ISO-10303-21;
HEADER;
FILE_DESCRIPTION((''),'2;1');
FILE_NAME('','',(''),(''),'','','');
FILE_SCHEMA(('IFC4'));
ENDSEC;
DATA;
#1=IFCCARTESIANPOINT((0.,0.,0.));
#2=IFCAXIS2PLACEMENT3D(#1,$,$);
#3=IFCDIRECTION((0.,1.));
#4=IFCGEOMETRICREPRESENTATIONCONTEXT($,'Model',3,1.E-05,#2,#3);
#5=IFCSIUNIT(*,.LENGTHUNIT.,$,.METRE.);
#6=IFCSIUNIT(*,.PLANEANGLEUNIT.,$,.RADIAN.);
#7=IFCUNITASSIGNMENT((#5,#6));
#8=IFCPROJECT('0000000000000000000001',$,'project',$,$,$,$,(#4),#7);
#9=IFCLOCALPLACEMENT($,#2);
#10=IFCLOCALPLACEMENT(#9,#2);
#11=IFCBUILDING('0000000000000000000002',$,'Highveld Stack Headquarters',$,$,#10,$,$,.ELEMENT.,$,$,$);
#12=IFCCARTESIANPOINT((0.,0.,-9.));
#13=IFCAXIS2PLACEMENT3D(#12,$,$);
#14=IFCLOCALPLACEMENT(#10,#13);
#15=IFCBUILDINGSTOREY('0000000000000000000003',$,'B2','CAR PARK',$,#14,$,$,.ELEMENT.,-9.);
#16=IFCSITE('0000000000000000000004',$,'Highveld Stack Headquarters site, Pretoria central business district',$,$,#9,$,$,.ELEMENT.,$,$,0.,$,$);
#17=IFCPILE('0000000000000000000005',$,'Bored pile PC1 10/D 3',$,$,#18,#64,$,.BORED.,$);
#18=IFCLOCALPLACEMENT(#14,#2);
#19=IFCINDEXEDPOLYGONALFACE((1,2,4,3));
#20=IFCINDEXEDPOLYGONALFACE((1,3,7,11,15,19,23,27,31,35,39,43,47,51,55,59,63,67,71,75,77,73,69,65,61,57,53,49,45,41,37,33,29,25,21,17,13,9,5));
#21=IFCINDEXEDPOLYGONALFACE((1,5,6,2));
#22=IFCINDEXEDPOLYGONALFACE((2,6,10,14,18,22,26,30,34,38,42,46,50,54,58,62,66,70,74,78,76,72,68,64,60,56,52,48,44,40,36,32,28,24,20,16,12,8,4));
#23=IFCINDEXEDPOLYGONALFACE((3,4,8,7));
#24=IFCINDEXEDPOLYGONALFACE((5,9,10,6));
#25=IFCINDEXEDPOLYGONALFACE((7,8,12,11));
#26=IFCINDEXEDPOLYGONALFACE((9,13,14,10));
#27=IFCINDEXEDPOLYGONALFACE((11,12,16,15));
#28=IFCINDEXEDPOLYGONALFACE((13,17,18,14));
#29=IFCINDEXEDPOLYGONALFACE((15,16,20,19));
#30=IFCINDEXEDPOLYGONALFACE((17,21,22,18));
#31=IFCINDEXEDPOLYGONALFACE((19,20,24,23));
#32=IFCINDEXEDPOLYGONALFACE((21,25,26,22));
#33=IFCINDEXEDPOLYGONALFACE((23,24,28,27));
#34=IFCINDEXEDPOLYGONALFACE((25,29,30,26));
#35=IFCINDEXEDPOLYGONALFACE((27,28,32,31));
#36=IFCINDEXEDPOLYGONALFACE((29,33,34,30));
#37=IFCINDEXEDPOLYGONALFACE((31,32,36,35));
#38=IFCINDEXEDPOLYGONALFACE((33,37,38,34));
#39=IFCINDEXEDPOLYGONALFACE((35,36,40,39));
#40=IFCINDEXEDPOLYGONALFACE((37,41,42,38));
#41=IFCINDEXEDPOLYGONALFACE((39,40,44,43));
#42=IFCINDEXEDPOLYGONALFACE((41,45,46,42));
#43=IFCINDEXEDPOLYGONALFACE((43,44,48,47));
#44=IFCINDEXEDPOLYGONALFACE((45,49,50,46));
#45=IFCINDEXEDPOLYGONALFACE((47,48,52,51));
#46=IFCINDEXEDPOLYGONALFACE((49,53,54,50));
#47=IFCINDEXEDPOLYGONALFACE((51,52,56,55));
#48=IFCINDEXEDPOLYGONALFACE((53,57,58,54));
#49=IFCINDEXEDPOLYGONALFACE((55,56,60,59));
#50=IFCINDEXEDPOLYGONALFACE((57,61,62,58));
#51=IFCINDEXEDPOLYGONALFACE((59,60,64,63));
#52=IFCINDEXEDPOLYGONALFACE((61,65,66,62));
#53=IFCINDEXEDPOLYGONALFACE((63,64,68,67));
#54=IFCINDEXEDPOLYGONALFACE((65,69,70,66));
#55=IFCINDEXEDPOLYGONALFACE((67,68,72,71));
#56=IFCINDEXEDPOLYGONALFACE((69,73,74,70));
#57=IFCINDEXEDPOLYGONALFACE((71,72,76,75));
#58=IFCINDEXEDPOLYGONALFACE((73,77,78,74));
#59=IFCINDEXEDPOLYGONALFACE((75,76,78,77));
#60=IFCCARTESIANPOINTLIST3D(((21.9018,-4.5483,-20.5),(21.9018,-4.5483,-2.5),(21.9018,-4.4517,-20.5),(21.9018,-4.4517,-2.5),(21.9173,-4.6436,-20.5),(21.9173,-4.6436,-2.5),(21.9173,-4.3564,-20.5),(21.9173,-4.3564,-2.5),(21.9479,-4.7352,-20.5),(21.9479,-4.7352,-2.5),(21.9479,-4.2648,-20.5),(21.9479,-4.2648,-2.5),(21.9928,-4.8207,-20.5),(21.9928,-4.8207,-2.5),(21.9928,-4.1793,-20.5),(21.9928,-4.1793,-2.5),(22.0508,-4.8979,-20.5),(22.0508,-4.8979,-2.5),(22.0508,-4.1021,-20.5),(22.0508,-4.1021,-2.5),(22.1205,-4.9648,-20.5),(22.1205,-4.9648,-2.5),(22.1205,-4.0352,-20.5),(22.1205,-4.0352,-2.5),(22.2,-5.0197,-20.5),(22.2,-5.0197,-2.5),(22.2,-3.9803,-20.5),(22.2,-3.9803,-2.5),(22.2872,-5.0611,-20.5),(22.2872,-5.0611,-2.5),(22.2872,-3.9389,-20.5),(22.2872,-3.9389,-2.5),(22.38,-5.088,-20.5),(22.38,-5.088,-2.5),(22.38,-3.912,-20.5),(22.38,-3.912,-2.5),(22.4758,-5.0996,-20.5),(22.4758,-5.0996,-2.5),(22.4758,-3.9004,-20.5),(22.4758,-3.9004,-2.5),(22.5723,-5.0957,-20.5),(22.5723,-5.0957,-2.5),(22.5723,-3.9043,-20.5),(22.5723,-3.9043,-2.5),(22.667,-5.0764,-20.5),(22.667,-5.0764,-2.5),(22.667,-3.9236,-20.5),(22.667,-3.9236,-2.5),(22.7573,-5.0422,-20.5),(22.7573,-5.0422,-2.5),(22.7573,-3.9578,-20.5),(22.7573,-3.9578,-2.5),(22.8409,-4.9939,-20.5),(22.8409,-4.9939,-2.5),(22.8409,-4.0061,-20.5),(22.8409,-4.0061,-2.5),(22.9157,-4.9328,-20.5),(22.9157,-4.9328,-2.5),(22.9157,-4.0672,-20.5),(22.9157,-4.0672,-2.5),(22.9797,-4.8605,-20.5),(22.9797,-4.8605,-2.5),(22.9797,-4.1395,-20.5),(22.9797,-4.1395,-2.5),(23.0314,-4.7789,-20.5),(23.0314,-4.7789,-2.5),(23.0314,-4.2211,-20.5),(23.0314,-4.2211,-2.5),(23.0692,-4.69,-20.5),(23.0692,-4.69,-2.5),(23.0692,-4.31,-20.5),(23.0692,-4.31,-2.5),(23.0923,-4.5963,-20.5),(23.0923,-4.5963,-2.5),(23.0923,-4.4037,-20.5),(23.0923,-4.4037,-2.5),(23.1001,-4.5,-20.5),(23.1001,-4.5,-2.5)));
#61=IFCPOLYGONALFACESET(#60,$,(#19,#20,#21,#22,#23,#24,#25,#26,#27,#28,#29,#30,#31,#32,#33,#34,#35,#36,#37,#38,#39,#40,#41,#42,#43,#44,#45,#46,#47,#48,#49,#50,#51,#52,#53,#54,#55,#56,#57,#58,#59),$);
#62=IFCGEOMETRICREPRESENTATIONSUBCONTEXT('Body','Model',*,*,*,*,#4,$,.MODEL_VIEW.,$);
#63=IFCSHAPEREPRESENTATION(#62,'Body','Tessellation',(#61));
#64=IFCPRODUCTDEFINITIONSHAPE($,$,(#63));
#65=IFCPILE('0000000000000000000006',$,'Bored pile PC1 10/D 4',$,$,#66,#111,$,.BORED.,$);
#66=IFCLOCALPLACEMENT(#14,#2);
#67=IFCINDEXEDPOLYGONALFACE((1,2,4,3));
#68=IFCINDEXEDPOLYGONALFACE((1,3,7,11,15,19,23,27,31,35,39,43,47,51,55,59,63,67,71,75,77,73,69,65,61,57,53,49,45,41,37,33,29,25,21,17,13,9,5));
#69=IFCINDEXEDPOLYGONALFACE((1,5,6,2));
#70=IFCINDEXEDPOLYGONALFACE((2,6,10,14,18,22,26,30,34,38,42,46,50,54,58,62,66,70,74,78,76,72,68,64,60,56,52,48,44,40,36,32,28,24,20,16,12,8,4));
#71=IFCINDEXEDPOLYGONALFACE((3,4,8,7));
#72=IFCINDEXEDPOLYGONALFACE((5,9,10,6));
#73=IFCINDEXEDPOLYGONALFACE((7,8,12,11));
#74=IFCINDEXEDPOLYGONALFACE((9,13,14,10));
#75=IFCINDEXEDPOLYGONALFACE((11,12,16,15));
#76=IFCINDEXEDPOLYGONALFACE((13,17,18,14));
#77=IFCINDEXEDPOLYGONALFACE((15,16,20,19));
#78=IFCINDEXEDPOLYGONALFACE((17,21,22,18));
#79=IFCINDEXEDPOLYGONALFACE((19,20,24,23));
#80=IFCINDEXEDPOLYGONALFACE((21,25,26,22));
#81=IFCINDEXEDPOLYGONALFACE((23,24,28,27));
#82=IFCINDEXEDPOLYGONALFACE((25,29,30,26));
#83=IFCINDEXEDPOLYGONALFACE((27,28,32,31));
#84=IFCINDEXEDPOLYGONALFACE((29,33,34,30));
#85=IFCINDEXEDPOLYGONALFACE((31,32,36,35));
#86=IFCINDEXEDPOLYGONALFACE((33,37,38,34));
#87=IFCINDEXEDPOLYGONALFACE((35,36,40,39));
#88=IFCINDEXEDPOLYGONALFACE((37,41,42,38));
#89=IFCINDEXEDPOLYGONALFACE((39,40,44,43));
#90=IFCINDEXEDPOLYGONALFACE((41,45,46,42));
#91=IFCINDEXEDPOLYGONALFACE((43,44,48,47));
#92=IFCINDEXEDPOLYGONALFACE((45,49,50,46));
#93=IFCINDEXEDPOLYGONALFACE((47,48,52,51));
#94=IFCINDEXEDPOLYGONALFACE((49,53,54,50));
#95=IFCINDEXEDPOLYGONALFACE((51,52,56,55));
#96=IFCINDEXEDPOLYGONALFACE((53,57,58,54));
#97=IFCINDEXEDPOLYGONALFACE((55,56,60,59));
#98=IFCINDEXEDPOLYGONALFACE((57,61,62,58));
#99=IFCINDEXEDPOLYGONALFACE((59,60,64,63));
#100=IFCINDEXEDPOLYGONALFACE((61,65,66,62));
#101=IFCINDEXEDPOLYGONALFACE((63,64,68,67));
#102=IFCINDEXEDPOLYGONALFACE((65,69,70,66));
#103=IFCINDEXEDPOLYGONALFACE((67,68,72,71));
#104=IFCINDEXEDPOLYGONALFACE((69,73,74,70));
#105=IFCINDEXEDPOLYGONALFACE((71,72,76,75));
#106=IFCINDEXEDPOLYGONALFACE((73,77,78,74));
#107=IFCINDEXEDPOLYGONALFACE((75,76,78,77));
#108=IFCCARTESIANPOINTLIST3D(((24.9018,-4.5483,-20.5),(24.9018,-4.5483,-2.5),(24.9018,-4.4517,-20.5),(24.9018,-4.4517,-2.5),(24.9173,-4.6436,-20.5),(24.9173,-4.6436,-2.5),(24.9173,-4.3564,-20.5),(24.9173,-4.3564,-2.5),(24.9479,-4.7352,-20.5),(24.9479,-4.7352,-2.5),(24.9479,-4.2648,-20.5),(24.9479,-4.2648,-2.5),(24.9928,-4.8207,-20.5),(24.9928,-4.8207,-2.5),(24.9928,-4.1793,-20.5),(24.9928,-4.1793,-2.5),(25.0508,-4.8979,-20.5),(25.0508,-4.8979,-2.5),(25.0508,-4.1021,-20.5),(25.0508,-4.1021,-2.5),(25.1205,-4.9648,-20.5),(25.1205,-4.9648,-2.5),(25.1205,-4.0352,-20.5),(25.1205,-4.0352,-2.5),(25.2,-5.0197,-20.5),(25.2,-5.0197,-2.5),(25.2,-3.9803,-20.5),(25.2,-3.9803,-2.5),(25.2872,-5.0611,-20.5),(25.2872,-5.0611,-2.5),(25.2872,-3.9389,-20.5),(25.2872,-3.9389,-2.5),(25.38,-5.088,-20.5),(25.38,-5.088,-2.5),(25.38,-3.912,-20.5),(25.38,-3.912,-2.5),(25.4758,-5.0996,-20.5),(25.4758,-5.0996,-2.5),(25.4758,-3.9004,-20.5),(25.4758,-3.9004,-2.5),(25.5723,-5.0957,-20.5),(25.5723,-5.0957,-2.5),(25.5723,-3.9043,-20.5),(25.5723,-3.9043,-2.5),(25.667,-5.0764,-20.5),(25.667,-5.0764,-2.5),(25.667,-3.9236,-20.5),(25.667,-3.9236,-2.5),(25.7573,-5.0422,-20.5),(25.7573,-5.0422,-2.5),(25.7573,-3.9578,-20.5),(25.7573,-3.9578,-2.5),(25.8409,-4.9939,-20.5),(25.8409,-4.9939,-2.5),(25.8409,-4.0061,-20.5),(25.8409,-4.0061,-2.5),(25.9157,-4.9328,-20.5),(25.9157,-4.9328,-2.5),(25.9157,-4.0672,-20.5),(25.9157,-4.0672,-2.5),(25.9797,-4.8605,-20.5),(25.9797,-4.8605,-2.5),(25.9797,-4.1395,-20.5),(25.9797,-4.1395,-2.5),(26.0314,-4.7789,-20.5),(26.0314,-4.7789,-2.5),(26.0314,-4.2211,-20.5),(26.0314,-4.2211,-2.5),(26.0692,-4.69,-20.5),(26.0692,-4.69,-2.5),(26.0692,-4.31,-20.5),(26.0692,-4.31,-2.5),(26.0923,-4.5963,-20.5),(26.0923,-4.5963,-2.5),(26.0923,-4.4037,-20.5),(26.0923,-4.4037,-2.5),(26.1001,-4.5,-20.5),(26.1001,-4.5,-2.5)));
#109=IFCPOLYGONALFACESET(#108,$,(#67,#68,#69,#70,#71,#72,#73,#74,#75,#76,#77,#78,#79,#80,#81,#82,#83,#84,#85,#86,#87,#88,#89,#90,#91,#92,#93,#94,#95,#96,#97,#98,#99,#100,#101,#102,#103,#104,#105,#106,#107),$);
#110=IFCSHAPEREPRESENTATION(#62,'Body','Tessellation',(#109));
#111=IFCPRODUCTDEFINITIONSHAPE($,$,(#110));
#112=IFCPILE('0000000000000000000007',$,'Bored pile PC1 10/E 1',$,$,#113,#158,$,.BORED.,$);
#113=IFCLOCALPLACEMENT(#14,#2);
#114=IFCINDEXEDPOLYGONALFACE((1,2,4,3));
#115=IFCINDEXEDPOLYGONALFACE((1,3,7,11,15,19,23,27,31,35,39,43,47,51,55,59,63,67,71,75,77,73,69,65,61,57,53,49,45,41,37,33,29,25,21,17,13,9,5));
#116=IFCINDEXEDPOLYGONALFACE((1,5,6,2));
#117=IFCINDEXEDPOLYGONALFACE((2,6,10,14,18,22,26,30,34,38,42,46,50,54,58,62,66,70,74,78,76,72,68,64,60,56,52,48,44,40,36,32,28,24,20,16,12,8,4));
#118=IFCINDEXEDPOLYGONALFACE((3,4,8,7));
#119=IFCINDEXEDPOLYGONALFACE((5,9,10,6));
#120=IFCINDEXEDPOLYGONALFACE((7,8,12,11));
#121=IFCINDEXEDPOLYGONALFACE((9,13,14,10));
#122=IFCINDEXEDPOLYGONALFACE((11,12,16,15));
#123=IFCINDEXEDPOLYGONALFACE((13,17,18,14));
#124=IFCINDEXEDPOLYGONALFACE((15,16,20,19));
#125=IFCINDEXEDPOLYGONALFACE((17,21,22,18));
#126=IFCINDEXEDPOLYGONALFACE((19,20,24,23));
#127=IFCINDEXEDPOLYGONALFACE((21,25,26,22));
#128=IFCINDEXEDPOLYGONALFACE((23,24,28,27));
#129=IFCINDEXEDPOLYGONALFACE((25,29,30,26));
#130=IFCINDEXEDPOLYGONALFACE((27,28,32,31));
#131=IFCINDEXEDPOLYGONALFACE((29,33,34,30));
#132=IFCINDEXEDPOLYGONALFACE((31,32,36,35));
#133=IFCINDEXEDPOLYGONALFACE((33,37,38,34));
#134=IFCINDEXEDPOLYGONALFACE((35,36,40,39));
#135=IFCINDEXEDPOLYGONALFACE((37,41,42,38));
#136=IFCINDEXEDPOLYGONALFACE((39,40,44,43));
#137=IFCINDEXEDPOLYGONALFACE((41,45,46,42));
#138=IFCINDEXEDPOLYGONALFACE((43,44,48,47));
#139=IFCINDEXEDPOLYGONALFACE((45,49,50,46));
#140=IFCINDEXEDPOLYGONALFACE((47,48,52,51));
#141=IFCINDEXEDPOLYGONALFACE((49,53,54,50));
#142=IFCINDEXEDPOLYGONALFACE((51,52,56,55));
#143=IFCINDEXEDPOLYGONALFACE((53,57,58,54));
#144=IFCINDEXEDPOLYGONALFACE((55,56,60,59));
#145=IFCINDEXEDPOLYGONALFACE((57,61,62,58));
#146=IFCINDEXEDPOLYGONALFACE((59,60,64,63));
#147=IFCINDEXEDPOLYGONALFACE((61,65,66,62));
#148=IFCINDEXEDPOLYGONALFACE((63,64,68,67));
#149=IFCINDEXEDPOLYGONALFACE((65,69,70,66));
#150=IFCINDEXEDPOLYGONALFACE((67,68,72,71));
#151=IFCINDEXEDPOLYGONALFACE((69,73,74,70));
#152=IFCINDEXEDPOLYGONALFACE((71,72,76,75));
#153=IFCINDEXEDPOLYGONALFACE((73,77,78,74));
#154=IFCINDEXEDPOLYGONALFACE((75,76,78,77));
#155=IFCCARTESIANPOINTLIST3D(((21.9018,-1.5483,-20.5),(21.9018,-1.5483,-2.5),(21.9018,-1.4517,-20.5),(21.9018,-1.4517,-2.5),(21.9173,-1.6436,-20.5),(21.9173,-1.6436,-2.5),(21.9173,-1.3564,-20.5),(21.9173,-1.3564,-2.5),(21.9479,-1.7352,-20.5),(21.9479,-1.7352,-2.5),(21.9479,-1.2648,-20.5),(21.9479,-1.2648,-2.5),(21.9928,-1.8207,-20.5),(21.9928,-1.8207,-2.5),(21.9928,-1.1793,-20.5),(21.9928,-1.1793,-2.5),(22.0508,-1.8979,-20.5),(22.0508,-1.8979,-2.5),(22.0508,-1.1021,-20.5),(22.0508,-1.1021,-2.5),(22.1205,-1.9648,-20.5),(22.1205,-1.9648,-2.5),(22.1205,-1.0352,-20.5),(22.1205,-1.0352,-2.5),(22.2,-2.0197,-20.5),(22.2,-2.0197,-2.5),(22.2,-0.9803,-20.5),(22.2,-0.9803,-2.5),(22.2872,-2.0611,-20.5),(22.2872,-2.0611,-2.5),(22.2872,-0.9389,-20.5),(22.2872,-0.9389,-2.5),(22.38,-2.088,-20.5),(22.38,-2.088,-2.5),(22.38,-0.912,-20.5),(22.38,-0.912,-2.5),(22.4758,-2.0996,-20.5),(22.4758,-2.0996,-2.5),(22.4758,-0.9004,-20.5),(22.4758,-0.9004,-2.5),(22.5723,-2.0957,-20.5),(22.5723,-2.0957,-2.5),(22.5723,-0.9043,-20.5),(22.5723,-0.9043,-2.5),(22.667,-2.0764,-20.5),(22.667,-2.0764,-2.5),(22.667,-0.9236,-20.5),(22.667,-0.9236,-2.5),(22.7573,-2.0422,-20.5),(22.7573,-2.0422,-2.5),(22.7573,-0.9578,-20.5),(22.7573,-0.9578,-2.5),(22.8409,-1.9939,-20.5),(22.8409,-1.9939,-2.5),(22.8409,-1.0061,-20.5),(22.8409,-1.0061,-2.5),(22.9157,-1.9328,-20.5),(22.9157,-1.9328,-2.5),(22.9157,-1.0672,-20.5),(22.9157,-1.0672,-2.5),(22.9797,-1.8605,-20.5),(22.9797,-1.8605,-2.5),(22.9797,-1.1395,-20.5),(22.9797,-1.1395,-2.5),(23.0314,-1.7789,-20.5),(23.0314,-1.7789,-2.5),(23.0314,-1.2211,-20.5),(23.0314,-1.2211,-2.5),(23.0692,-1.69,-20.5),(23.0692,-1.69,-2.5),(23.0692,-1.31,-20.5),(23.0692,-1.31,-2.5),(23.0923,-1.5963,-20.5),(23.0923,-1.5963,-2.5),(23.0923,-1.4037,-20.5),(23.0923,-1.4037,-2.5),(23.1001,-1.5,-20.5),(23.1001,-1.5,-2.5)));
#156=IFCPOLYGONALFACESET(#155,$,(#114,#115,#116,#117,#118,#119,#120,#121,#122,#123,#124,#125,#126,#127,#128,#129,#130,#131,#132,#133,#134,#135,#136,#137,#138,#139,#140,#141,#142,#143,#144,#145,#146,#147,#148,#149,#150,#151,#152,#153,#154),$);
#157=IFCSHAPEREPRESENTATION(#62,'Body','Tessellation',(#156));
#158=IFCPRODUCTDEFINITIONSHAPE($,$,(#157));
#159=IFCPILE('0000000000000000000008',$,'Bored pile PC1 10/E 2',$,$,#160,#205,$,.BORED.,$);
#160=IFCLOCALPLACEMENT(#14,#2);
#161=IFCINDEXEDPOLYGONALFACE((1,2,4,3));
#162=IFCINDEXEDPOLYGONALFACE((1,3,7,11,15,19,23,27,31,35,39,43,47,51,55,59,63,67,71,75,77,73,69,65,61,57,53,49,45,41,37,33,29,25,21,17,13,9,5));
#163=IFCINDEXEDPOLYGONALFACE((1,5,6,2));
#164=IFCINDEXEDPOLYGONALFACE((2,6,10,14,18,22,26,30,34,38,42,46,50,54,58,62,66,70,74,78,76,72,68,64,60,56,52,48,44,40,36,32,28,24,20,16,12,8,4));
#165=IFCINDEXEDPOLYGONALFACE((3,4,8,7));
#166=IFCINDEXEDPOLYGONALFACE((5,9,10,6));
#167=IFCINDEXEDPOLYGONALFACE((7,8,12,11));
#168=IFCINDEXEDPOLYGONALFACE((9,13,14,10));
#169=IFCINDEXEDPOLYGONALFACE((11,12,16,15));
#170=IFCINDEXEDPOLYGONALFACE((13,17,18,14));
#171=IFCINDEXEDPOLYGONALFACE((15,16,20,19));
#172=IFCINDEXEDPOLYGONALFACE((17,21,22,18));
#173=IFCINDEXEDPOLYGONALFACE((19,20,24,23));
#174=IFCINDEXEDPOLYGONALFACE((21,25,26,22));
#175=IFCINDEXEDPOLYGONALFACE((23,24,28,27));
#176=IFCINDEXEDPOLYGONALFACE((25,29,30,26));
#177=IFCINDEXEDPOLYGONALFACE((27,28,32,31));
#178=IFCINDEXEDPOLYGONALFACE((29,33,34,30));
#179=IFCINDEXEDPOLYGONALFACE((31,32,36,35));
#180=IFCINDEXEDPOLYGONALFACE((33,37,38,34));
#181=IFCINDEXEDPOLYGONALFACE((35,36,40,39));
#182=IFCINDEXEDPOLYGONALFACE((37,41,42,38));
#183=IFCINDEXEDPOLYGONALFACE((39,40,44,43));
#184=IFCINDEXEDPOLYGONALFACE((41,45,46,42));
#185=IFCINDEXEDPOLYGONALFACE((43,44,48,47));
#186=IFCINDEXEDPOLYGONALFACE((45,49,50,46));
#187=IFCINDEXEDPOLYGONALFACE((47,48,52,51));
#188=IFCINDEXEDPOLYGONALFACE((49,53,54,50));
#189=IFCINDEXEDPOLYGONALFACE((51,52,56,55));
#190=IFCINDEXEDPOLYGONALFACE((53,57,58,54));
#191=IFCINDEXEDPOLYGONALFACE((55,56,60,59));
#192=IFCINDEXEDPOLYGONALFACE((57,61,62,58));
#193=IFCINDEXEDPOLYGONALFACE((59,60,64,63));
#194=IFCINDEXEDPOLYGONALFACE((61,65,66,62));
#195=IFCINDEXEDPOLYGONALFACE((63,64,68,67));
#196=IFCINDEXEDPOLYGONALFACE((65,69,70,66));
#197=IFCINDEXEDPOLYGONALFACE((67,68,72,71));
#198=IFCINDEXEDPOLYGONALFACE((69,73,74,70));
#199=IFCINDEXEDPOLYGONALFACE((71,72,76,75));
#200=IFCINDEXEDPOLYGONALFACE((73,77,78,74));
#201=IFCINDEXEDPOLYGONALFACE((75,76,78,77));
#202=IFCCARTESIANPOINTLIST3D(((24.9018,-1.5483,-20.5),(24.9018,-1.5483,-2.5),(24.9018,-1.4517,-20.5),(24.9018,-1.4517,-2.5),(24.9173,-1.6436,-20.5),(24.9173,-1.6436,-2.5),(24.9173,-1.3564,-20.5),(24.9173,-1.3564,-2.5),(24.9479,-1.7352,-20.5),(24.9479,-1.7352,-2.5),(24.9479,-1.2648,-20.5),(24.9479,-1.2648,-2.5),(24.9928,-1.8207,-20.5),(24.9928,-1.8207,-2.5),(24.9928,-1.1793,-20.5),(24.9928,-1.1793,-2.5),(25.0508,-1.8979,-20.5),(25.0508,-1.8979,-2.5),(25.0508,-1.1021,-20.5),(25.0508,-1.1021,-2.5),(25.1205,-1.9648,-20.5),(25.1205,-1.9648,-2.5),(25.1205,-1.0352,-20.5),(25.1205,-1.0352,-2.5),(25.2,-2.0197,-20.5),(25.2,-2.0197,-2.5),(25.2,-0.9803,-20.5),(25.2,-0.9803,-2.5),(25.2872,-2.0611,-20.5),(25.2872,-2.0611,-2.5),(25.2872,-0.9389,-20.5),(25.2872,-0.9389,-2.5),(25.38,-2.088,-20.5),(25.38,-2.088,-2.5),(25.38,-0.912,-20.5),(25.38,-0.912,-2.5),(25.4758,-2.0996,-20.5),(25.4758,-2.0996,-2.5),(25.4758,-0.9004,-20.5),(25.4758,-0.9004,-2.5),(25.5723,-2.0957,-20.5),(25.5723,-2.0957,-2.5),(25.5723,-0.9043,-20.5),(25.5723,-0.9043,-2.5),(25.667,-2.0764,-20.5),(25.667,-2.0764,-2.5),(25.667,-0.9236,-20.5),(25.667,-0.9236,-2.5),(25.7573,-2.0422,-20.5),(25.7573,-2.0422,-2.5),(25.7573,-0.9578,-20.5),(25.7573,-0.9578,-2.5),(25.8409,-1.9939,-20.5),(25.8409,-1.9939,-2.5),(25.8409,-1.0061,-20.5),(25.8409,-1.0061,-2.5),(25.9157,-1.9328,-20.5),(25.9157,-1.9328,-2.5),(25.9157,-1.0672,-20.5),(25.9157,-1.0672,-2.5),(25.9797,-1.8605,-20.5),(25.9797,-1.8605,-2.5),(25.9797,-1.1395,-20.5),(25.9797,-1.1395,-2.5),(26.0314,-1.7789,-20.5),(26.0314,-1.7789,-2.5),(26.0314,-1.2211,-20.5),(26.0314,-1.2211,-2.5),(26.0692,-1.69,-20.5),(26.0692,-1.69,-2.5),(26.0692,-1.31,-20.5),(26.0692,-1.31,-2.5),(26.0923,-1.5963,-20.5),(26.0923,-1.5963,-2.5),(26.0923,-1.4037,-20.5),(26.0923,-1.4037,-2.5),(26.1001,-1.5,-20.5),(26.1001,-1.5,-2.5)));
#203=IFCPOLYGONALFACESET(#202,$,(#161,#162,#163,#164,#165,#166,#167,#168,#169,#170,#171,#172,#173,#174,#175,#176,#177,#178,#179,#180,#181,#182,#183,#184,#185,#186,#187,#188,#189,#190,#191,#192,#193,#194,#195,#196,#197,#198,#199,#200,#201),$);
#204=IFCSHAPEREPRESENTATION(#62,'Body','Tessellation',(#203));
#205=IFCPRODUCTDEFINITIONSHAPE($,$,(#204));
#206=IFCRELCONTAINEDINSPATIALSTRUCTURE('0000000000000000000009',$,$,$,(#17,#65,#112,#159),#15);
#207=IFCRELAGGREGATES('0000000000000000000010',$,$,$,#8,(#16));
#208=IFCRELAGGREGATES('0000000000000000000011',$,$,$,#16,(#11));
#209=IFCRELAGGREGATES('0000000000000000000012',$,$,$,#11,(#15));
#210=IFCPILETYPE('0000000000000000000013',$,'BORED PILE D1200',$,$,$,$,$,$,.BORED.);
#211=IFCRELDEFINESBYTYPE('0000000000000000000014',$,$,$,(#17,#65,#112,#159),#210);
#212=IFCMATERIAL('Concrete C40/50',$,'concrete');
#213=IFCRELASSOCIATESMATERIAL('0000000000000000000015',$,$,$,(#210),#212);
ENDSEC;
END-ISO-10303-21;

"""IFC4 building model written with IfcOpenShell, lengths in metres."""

from ifc_helpers import new_model, si_unit, direction, frame, origin, origin_2d, place, context, subcontext, project, spatial, circle, extrude, material, type_object, element, save


model = new_model("IFC4")

# Units and contexts
model_context = context("Model", 3, precision=1e-05, world=origin(), true_north=direction((0.0, 1.0)))
body_context = subcontext(model_context, "Body", "Model", "MODEL_VIEW")
ifc_project = project(units=[si_unit("LENGTHUNIT", "METRE"), si_unit("PLANEANGLEUNIT", "RADIAN")], contexts=[model_context])

# Site, building, storey
site_placement = place(None, origin())
site = spatial("IfcSite", under=ifc_project, at=site_placement, Name="Highveld Stack Headquarters site, Pretoria central business district", CompositionType="ELEMENT", RefElevation=0.0)
building_placement = place(site_placement, origin())
building = spatial("IfcBuilding", under=site, at=building_placement, Name="Highveld Stack Headquarters", CompositionType="ELEMENT")
storey_placement = place(building_placement, frame((0.0, 0.0, -9.0)))
storey = spatial("IfcBuildingStorey", under=building, at=storey_placement, Name="B2", Description="CAR PARK", CompositionType="ELEMENT", Elevation=-9.0)

# Piles
ifc_material_1 = material(Name="Concrete C40/50", Category="concrete")
pile_type_1 = type_object("IfcPileType", Name="BORED PILE D1200", PredefinedType="BORED", material=ifc_material_1)
for number, where, z_axis, x_axis, name in (
    (1, (22.5, -4.5, -2.5), (0.0, 0.0, -1.0), (1.0, 0.0, 0.0), "Bored pile PC1 10/D 3"),
    (2, (25.5, -4.5, -2.5), (0.0, 0.0, -1.0), (1.0, 0.0, 0.0), "Bored pile PC1 10/D 4"),
    (3, (22.5, -1.5, -2.5), (0.0, 0.0, -1.0), (1.0, 0.0, 0.0), "Bored pile PC1 10/E 1"),
    (4, (25.5, -1.5, -2.5), (0.0, 0.0, -1.0), (1.0, 0.0, 0.0), "Bored pile PC1 10/E 2"),
):
    element("IfcPile", number, at=place(storey_placement, frame(where, z_axis=z_axis, x_axis=x_axis)), inside=storey, type_object=pile_type_1, Name=name, PredefinedType="BORED", context=body_context, shape_type="SweptSolid", body=[
        extrude(circle(Radius=0.6001, at=origin_2d()), origin(), (0.0, 0.0, 1.0), 18.0),
    ])

save(model, "model.ifc")
